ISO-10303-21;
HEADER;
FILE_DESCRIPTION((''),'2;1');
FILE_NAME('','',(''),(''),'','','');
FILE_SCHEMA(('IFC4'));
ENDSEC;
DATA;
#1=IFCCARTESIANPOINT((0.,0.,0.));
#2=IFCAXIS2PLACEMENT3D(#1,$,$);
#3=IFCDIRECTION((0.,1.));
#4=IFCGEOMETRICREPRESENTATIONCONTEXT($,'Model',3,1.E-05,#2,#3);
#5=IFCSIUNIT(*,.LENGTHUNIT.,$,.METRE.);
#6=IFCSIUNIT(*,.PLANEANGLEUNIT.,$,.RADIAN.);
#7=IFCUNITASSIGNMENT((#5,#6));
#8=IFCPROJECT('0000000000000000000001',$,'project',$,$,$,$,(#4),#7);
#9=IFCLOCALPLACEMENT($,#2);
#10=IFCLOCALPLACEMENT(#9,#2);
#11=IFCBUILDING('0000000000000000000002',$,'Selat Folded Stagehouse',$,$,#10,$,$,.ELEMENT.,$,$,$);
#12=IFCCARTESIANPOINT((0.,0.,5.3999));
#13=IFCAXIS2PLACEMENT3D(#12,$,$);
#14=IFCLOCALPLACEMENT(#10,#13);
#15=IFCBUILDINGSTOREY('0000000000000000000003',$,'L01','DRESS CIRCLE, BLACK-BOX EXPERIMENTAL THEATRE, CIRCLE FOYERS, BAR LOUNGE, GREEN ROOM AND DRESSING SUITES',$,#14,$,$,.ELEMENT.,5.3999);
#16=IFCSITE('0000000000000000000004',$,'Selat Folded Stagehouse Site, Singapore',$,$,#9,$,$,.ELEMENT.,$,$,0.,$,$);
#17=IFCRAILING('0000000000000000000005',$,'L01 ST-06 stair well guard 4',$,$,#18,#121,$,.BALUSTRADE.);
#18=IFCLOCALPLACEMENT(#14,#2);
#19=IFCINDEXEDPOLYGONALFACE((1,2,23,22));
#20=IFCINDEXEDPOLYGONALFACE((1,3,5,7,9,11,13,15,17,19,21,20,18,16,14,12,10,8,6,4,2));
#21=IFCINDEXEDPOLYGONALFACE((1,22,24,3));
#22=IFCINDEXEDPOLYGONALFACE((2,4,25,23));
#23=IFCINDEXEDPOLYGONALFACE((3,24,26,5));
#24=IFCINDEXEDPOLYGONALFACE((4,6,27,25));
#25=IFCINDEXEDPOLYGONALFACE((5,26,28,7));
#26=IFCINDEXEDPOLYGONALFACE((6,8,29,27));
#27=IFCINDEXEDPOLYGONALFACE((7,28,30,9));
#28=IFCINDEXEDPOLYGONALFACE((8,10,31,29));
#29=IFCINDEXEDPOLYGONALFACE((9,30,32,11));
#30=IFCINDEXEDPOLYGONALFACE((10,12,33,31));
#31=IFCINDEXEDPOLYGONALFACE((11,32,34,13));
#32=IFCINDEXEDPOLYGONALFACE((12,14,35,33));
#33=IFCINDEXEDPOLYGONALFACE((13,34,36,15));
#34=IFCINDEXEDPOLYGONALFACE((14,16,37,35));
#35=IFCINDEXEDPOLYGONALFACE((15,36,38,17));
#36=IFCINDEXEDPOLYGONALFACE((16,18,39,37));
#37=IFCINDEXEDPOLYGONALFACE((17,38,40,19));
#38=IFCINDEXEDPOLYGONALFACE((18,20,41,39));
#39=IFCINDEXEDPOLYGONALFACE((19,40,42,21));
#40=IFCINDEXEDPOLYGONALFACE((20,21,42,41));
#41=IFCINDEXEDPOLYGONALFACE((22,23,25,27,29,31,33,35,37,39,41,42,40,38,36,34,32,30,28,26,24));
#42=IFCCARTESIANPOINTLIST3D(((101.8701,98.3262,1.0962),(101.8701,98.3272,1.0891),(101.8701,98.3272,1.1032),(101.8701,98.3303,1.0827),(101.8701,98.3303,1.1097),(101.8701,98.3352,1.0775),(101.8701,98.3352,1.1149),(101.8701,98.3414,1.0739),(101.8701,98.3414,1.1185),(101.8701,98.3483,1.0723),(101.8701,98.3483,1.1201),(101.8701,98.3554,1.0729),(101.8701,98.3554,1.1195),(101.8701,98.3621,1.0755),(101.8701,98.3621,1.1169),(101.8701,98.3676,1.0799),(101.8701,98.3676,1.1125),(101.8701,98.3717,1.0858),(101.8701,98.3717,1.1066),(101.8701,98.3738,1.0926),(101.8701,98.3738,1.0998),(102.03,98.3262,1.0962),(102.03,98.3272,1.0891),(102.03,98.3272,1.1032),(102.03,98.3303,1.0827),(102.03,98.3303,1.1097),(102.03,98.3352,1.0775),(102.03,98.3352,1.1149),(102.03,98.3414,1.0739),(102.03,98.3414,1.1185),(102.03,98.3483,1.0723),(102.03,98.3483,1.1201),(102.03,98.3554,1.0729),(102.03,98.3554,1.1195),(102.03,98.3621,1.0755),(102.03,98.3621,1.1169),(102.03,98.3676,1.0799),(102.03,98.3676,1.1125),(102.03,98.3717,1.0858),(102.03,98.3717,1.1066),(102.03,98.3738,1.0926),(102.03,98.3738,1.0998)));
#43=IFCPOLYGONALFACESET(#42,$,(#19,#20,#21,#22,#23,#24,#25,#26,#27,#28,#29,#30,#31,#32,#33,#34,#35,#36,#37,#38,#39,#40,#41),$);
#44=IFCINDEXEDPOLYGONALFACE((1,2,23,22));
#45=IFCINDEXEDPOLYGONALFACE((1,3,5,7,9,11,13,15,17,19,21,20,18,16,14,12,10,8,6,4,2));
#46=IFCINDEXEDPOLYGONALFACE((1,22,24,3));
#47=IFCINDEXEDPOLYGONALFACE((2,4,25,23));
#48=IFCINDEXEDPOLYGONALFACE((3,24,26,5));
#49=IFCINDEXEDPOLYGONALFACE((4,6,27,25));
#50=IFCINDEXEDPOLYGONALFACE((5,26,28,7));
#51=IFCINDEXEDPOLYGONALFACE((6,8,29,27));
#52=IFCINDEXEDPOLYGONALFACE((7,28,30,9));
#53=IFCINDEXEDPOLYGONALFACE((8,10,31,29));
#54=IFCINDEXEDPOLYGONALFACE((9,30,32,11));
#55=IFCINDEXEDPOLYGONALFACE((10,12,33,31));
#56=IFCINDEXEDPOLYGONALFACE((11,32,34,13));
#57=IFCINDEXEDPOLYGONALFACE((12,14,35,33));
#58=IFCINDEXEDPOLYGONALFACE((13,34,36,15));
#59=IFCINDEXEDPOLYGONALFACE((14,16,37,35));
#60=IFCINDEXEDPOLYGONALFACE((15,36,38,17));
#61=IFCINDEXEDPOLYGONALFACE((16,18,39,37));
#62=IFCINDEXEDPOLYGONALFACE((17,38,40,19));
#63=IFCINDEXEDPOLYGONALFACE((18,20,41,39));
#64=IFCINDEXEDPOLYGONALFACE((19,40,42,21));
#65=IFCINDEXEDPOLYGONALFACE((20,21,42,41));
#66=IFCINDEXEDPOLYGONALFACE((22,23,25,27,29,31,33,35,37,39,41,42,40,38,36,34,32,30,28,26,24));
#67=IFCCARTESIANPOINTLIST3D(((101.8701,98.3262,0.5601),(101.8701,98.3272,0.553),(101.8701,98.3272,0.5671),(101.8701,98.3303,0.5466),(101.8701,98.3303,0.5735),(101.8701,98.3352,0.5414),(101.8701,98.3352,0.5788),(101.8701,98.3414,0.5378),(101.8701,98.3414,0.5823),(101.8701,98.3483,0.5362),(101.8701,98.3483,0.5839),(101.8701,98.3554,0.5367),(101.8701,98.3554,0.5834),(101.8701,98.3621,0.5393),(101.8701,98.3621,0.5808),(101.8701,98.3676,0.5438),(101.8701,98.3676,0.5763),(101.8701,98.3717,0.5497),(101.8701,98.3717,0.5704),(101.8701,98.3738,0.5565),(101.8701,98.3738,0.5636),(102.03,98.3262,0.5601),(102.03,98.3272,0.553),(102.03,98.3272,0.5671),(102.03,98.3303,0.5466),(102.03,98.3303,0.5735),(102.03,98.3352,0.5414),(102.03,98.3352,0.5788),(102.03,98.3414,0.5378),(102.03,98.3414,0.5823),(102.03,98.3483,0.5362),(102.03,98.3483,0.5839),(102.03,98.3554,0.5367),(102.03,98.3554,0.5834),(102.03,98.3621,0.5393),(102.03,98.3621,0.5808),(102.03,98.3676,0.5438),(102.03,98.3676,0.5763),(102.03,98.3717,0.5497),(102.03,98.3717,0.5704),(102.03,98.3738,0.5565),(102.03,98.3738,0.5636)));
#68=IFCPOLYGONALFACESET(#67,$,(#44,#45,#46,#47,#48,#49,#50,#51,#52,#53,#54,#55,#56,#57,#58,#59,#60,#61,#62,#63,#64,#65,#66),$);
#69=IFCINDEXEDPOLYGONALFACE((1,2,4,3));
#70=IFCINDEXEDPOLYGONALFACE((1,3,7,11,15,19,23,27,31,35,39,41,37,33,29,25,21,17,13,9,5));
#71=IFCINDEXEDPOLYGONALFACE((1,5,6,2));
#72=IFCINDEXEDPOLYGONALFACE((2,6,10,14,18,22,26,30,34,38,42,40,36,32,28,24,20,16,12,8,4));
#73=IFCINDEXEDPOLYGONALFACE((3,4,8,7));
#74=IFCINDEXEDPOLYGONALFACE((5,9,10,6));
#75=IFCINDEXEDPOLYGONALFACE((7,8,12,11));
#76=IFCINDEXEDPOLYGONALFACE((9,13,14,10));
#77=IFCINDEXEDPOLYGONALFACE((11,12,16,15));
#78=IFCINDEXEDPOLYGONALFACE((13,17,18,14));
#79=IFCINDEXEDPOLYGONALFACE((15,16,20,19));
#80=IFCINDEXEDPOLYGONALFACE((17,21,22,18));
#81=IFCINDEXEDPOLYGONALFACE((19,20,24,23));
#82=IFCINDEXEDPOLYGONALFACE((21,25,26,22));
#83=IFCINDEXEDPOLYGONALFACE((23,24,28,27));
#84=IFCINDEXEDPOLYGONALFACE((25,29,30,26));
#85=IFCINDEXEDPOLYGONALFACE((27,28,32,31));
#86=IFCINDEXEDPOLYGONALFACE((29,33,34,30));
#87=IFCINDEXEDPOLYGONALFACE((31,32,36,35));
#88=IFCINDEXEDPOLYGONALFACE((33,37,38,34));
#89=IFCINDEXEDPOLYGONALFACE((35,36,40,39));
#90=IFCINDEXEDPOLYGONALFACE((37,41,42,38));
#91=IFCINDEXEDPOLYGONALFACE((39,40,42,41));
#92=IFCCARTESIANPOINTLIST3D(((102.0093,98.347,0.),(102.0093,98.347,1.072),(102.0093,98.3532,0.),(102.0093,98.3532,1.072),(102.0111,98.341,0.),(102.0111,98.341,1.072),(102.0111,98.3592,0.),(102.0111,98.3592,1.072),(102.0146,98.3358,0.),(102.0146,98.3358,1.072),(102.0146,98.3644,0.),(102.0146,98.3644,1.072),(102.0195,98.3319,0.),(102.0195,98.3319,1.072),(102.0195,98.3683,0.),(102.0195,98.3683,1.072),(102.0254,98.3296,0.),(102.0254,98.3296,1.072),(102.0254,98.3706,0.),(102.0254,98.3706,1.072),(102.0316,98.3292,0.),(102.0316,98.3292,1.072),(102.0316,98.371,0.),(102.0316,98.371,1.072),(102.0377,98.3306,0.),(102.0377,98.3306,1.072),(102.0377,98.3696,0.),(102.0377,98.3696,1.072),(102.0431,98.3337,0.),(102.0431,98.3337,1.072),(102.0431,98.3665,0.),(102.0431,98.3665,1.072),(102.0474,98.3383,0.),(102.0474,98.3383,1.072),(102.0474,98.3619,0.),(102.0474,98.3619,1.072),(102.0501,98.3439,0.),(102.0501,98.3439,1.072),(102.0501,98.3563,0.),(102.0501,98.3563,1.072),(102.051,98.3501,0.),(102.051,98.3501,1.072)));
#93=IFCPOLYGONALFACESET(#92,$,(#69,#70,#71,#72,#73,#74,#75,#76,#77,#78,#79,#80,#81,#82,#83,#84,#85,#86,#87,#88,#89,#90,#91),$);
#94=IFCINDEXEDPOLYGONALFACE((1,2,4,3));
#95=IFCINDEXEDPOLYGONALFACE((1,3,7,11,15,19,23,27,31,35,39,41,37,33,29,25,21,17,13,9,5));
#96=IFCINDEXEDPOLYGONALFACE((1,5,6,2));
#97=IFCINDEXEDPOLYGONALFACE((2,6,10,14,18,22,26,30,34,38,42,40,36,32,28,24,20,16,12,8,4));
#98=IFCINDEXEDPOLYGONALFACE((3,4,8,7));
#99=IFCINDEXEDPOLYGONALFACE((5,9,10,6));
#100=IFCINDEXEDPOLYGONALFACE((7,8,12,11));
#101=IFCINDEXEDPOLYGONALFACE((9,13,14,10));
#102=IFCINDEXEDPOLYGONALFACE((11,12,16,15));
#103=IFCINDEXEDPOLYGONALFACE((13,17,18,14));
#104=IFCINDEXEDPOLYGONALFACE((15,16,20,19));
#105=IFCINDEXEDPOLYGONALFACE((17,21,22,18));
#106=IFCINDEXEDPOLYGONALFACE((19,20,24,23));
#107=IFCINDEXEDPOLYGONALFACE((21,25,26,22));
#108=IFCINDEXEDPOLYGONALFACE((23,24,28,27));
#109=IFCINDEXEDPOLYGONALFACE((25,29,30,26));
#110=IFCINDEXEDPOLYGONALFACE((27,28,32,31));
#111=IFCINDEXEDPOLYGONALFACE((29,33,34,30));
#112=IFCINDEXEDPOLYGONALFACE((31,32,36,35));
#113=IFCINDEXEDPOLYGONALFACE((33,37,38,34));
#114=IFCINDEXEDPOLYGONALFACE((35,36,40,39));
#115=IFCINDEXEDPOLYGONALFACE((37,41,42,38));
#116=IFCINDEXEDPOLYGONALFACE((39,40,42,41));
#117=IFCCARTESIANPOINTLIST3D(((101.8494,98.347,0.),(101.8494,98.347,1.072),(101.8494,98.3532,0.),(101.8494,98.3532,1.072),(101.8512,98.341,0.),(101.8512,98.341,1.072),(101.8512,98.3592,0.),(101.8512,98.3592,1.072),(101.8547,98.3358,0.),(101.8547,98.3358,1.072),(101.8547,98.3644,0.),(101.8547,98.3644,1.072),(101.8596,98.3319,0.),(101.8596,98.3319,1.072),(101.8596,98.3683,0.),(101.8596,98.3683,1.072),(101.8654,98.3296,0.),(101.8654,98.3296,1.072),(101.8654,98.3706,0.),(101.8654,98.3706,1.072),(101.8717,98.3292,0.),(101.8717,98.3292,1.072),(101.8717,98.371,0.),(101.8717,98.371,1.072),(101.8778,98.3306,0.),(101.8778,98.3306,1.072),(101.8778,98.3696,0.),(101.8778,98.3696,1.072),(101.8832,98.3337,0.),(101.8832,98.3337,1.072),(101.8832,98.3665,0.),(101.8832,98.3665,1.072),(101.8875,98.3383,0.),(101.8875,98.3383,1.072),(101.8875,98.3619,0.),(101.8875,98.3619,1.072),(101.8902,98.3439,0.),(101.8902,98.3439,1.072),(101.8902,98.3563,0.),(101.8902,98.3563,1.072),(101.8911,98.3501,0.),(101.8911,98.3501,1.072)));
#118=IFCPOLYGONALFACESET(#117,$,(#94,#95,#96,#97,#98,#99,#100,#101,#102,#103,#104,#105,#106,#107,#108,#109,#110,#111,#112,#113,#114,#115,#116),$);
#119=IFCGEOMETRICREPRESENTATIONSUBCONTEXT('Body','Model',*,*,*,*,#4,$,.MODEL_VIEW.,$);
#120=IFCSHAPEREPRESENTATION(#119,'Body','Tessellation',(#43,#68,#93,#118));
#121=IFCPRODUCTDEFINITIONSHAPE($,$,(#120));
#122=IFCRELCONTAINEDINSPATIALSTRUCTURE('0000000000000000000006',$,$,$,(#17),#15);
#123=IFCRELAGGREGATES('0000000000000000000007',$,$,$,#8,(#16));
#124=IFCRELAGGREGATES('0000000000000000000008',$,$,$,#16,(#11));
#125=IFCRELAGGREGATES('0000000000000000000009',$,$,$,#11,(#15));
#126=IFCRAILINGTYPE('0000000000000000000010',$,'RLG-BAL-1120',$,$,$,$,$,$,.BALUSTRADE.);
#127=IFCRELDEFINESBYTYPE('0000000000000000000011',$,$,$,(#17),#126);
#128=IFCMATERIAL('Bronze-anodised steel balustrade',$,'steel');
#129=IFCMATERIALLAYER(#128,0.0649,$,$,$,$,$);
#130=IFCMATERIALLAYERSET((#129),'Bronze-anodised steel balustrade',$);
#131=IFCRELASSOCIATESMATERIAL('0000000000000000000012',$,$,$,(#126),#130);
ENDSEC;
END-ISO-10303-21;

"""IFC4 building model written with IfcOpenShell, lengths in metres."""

from ifc_helpers import new_model, si_unit, direction, frame, origin, origin_2d, place, context, subcontext, project, spatial, circle, extrude, material, layer, layer_set, type_object, element, save


model = new_model("IFC4")

# Units and contexts
model_context = context("Model", 3, precision=1e-05, world=origin(), true_north=direction((0.0, 1.0)))
body_context = subcontext(model_context, "Body", "Model", "MODEL_VIEW")
ifc_project = project(units=[si_unit("LENGTHUNIT", "METRE"), si_unit("PLANEANGLEUNIT", "RADIAN")], contexts=[model_context])

# Site, building, storey
site_placement = place(None, origin())
site = spatial("IfcSite", under=ifc_project, at=site_placement, Name="Selat Folded Stagehouse Site, Singapore", CompositionType="ELEMENT", RefElevation=0.0)
building_placement = place(site_placement, origin())
building = spatial("IfcBuilding", under=site, at=building_placement, Name="Selat Folded Stagehouse", CompositionType="ELEMENT")
storey_placement = place(building_placement, frame((0.0, 0.0, 5.3999)))
storey = spatial("IfcBuildingStorey", under=building, at=storey_placement, Name="L01", Description="DRESS CIRCLE, BLACK-BOX EXPERIMENTAL THEATRE, CIRCLE FOYERS, BAR LOUNGE, GREEN ROOM AND DRESSING SUITES", CompositionType="ELEMENT", Elevation=5.3999)

# Railing
ifc_material_1 = material(Name="Bronze-anodised steel balustrade", Category="steel")
ifc_layer_1 = layer(ifc_material_1, 0.0649)
ifc_layer_set_1 = layer_set([ifc_layer_1], Name="Bronze-anodised steel balustrade")
railing_type_1 = type_object("IfcRailingType", Name="RLG-BAL-1120", PredefinedType="BALUSTRADE", material=ifc_layer_set_1)
railing_1_placement = place(storey_placement, frame((102.03, 98.3501, 0.0)))
element("IfcRailing", 1, at=railing_1_placement, inside=storey, type_object=railing_type_1, Name="L01 ST-06 stair well guard 4", PredefinedType="BALUSTRADE", context=body_context, shape_type="SweptSolid", body=[
    extrude(circle(Radius=0.0239, at=origin_2d()), frame((0.0, 0.0, 1.0962), z_axis=(-1.0, 0.0, 0.0), x_axis=(0.0, -1.0, 0.0)), (0.0, 0.0, 1.0), 0.1599),
    extrude(circle(Radius=0.0239, at=origin_2d()), frame((0.0, 0.0, 0.5601), z_axis=(-1.0, 0.0, 0.0), x_axis=(0.0, -1.0, 0.0)), (0.0, 0.0, 1.0), 0.1599),
    extrude(circle(Radius=0.021, at=origin_2d()), origin(), (0.0, 0.0, 1.0), 1.072),
    extrude(circle(Radius=0.021, at=origin_2d()), frame((-0.1599, 0.0, 0.0)), (0.0, 0.0, 1.0), 1.072),
])

save(model, "model.ifc")
